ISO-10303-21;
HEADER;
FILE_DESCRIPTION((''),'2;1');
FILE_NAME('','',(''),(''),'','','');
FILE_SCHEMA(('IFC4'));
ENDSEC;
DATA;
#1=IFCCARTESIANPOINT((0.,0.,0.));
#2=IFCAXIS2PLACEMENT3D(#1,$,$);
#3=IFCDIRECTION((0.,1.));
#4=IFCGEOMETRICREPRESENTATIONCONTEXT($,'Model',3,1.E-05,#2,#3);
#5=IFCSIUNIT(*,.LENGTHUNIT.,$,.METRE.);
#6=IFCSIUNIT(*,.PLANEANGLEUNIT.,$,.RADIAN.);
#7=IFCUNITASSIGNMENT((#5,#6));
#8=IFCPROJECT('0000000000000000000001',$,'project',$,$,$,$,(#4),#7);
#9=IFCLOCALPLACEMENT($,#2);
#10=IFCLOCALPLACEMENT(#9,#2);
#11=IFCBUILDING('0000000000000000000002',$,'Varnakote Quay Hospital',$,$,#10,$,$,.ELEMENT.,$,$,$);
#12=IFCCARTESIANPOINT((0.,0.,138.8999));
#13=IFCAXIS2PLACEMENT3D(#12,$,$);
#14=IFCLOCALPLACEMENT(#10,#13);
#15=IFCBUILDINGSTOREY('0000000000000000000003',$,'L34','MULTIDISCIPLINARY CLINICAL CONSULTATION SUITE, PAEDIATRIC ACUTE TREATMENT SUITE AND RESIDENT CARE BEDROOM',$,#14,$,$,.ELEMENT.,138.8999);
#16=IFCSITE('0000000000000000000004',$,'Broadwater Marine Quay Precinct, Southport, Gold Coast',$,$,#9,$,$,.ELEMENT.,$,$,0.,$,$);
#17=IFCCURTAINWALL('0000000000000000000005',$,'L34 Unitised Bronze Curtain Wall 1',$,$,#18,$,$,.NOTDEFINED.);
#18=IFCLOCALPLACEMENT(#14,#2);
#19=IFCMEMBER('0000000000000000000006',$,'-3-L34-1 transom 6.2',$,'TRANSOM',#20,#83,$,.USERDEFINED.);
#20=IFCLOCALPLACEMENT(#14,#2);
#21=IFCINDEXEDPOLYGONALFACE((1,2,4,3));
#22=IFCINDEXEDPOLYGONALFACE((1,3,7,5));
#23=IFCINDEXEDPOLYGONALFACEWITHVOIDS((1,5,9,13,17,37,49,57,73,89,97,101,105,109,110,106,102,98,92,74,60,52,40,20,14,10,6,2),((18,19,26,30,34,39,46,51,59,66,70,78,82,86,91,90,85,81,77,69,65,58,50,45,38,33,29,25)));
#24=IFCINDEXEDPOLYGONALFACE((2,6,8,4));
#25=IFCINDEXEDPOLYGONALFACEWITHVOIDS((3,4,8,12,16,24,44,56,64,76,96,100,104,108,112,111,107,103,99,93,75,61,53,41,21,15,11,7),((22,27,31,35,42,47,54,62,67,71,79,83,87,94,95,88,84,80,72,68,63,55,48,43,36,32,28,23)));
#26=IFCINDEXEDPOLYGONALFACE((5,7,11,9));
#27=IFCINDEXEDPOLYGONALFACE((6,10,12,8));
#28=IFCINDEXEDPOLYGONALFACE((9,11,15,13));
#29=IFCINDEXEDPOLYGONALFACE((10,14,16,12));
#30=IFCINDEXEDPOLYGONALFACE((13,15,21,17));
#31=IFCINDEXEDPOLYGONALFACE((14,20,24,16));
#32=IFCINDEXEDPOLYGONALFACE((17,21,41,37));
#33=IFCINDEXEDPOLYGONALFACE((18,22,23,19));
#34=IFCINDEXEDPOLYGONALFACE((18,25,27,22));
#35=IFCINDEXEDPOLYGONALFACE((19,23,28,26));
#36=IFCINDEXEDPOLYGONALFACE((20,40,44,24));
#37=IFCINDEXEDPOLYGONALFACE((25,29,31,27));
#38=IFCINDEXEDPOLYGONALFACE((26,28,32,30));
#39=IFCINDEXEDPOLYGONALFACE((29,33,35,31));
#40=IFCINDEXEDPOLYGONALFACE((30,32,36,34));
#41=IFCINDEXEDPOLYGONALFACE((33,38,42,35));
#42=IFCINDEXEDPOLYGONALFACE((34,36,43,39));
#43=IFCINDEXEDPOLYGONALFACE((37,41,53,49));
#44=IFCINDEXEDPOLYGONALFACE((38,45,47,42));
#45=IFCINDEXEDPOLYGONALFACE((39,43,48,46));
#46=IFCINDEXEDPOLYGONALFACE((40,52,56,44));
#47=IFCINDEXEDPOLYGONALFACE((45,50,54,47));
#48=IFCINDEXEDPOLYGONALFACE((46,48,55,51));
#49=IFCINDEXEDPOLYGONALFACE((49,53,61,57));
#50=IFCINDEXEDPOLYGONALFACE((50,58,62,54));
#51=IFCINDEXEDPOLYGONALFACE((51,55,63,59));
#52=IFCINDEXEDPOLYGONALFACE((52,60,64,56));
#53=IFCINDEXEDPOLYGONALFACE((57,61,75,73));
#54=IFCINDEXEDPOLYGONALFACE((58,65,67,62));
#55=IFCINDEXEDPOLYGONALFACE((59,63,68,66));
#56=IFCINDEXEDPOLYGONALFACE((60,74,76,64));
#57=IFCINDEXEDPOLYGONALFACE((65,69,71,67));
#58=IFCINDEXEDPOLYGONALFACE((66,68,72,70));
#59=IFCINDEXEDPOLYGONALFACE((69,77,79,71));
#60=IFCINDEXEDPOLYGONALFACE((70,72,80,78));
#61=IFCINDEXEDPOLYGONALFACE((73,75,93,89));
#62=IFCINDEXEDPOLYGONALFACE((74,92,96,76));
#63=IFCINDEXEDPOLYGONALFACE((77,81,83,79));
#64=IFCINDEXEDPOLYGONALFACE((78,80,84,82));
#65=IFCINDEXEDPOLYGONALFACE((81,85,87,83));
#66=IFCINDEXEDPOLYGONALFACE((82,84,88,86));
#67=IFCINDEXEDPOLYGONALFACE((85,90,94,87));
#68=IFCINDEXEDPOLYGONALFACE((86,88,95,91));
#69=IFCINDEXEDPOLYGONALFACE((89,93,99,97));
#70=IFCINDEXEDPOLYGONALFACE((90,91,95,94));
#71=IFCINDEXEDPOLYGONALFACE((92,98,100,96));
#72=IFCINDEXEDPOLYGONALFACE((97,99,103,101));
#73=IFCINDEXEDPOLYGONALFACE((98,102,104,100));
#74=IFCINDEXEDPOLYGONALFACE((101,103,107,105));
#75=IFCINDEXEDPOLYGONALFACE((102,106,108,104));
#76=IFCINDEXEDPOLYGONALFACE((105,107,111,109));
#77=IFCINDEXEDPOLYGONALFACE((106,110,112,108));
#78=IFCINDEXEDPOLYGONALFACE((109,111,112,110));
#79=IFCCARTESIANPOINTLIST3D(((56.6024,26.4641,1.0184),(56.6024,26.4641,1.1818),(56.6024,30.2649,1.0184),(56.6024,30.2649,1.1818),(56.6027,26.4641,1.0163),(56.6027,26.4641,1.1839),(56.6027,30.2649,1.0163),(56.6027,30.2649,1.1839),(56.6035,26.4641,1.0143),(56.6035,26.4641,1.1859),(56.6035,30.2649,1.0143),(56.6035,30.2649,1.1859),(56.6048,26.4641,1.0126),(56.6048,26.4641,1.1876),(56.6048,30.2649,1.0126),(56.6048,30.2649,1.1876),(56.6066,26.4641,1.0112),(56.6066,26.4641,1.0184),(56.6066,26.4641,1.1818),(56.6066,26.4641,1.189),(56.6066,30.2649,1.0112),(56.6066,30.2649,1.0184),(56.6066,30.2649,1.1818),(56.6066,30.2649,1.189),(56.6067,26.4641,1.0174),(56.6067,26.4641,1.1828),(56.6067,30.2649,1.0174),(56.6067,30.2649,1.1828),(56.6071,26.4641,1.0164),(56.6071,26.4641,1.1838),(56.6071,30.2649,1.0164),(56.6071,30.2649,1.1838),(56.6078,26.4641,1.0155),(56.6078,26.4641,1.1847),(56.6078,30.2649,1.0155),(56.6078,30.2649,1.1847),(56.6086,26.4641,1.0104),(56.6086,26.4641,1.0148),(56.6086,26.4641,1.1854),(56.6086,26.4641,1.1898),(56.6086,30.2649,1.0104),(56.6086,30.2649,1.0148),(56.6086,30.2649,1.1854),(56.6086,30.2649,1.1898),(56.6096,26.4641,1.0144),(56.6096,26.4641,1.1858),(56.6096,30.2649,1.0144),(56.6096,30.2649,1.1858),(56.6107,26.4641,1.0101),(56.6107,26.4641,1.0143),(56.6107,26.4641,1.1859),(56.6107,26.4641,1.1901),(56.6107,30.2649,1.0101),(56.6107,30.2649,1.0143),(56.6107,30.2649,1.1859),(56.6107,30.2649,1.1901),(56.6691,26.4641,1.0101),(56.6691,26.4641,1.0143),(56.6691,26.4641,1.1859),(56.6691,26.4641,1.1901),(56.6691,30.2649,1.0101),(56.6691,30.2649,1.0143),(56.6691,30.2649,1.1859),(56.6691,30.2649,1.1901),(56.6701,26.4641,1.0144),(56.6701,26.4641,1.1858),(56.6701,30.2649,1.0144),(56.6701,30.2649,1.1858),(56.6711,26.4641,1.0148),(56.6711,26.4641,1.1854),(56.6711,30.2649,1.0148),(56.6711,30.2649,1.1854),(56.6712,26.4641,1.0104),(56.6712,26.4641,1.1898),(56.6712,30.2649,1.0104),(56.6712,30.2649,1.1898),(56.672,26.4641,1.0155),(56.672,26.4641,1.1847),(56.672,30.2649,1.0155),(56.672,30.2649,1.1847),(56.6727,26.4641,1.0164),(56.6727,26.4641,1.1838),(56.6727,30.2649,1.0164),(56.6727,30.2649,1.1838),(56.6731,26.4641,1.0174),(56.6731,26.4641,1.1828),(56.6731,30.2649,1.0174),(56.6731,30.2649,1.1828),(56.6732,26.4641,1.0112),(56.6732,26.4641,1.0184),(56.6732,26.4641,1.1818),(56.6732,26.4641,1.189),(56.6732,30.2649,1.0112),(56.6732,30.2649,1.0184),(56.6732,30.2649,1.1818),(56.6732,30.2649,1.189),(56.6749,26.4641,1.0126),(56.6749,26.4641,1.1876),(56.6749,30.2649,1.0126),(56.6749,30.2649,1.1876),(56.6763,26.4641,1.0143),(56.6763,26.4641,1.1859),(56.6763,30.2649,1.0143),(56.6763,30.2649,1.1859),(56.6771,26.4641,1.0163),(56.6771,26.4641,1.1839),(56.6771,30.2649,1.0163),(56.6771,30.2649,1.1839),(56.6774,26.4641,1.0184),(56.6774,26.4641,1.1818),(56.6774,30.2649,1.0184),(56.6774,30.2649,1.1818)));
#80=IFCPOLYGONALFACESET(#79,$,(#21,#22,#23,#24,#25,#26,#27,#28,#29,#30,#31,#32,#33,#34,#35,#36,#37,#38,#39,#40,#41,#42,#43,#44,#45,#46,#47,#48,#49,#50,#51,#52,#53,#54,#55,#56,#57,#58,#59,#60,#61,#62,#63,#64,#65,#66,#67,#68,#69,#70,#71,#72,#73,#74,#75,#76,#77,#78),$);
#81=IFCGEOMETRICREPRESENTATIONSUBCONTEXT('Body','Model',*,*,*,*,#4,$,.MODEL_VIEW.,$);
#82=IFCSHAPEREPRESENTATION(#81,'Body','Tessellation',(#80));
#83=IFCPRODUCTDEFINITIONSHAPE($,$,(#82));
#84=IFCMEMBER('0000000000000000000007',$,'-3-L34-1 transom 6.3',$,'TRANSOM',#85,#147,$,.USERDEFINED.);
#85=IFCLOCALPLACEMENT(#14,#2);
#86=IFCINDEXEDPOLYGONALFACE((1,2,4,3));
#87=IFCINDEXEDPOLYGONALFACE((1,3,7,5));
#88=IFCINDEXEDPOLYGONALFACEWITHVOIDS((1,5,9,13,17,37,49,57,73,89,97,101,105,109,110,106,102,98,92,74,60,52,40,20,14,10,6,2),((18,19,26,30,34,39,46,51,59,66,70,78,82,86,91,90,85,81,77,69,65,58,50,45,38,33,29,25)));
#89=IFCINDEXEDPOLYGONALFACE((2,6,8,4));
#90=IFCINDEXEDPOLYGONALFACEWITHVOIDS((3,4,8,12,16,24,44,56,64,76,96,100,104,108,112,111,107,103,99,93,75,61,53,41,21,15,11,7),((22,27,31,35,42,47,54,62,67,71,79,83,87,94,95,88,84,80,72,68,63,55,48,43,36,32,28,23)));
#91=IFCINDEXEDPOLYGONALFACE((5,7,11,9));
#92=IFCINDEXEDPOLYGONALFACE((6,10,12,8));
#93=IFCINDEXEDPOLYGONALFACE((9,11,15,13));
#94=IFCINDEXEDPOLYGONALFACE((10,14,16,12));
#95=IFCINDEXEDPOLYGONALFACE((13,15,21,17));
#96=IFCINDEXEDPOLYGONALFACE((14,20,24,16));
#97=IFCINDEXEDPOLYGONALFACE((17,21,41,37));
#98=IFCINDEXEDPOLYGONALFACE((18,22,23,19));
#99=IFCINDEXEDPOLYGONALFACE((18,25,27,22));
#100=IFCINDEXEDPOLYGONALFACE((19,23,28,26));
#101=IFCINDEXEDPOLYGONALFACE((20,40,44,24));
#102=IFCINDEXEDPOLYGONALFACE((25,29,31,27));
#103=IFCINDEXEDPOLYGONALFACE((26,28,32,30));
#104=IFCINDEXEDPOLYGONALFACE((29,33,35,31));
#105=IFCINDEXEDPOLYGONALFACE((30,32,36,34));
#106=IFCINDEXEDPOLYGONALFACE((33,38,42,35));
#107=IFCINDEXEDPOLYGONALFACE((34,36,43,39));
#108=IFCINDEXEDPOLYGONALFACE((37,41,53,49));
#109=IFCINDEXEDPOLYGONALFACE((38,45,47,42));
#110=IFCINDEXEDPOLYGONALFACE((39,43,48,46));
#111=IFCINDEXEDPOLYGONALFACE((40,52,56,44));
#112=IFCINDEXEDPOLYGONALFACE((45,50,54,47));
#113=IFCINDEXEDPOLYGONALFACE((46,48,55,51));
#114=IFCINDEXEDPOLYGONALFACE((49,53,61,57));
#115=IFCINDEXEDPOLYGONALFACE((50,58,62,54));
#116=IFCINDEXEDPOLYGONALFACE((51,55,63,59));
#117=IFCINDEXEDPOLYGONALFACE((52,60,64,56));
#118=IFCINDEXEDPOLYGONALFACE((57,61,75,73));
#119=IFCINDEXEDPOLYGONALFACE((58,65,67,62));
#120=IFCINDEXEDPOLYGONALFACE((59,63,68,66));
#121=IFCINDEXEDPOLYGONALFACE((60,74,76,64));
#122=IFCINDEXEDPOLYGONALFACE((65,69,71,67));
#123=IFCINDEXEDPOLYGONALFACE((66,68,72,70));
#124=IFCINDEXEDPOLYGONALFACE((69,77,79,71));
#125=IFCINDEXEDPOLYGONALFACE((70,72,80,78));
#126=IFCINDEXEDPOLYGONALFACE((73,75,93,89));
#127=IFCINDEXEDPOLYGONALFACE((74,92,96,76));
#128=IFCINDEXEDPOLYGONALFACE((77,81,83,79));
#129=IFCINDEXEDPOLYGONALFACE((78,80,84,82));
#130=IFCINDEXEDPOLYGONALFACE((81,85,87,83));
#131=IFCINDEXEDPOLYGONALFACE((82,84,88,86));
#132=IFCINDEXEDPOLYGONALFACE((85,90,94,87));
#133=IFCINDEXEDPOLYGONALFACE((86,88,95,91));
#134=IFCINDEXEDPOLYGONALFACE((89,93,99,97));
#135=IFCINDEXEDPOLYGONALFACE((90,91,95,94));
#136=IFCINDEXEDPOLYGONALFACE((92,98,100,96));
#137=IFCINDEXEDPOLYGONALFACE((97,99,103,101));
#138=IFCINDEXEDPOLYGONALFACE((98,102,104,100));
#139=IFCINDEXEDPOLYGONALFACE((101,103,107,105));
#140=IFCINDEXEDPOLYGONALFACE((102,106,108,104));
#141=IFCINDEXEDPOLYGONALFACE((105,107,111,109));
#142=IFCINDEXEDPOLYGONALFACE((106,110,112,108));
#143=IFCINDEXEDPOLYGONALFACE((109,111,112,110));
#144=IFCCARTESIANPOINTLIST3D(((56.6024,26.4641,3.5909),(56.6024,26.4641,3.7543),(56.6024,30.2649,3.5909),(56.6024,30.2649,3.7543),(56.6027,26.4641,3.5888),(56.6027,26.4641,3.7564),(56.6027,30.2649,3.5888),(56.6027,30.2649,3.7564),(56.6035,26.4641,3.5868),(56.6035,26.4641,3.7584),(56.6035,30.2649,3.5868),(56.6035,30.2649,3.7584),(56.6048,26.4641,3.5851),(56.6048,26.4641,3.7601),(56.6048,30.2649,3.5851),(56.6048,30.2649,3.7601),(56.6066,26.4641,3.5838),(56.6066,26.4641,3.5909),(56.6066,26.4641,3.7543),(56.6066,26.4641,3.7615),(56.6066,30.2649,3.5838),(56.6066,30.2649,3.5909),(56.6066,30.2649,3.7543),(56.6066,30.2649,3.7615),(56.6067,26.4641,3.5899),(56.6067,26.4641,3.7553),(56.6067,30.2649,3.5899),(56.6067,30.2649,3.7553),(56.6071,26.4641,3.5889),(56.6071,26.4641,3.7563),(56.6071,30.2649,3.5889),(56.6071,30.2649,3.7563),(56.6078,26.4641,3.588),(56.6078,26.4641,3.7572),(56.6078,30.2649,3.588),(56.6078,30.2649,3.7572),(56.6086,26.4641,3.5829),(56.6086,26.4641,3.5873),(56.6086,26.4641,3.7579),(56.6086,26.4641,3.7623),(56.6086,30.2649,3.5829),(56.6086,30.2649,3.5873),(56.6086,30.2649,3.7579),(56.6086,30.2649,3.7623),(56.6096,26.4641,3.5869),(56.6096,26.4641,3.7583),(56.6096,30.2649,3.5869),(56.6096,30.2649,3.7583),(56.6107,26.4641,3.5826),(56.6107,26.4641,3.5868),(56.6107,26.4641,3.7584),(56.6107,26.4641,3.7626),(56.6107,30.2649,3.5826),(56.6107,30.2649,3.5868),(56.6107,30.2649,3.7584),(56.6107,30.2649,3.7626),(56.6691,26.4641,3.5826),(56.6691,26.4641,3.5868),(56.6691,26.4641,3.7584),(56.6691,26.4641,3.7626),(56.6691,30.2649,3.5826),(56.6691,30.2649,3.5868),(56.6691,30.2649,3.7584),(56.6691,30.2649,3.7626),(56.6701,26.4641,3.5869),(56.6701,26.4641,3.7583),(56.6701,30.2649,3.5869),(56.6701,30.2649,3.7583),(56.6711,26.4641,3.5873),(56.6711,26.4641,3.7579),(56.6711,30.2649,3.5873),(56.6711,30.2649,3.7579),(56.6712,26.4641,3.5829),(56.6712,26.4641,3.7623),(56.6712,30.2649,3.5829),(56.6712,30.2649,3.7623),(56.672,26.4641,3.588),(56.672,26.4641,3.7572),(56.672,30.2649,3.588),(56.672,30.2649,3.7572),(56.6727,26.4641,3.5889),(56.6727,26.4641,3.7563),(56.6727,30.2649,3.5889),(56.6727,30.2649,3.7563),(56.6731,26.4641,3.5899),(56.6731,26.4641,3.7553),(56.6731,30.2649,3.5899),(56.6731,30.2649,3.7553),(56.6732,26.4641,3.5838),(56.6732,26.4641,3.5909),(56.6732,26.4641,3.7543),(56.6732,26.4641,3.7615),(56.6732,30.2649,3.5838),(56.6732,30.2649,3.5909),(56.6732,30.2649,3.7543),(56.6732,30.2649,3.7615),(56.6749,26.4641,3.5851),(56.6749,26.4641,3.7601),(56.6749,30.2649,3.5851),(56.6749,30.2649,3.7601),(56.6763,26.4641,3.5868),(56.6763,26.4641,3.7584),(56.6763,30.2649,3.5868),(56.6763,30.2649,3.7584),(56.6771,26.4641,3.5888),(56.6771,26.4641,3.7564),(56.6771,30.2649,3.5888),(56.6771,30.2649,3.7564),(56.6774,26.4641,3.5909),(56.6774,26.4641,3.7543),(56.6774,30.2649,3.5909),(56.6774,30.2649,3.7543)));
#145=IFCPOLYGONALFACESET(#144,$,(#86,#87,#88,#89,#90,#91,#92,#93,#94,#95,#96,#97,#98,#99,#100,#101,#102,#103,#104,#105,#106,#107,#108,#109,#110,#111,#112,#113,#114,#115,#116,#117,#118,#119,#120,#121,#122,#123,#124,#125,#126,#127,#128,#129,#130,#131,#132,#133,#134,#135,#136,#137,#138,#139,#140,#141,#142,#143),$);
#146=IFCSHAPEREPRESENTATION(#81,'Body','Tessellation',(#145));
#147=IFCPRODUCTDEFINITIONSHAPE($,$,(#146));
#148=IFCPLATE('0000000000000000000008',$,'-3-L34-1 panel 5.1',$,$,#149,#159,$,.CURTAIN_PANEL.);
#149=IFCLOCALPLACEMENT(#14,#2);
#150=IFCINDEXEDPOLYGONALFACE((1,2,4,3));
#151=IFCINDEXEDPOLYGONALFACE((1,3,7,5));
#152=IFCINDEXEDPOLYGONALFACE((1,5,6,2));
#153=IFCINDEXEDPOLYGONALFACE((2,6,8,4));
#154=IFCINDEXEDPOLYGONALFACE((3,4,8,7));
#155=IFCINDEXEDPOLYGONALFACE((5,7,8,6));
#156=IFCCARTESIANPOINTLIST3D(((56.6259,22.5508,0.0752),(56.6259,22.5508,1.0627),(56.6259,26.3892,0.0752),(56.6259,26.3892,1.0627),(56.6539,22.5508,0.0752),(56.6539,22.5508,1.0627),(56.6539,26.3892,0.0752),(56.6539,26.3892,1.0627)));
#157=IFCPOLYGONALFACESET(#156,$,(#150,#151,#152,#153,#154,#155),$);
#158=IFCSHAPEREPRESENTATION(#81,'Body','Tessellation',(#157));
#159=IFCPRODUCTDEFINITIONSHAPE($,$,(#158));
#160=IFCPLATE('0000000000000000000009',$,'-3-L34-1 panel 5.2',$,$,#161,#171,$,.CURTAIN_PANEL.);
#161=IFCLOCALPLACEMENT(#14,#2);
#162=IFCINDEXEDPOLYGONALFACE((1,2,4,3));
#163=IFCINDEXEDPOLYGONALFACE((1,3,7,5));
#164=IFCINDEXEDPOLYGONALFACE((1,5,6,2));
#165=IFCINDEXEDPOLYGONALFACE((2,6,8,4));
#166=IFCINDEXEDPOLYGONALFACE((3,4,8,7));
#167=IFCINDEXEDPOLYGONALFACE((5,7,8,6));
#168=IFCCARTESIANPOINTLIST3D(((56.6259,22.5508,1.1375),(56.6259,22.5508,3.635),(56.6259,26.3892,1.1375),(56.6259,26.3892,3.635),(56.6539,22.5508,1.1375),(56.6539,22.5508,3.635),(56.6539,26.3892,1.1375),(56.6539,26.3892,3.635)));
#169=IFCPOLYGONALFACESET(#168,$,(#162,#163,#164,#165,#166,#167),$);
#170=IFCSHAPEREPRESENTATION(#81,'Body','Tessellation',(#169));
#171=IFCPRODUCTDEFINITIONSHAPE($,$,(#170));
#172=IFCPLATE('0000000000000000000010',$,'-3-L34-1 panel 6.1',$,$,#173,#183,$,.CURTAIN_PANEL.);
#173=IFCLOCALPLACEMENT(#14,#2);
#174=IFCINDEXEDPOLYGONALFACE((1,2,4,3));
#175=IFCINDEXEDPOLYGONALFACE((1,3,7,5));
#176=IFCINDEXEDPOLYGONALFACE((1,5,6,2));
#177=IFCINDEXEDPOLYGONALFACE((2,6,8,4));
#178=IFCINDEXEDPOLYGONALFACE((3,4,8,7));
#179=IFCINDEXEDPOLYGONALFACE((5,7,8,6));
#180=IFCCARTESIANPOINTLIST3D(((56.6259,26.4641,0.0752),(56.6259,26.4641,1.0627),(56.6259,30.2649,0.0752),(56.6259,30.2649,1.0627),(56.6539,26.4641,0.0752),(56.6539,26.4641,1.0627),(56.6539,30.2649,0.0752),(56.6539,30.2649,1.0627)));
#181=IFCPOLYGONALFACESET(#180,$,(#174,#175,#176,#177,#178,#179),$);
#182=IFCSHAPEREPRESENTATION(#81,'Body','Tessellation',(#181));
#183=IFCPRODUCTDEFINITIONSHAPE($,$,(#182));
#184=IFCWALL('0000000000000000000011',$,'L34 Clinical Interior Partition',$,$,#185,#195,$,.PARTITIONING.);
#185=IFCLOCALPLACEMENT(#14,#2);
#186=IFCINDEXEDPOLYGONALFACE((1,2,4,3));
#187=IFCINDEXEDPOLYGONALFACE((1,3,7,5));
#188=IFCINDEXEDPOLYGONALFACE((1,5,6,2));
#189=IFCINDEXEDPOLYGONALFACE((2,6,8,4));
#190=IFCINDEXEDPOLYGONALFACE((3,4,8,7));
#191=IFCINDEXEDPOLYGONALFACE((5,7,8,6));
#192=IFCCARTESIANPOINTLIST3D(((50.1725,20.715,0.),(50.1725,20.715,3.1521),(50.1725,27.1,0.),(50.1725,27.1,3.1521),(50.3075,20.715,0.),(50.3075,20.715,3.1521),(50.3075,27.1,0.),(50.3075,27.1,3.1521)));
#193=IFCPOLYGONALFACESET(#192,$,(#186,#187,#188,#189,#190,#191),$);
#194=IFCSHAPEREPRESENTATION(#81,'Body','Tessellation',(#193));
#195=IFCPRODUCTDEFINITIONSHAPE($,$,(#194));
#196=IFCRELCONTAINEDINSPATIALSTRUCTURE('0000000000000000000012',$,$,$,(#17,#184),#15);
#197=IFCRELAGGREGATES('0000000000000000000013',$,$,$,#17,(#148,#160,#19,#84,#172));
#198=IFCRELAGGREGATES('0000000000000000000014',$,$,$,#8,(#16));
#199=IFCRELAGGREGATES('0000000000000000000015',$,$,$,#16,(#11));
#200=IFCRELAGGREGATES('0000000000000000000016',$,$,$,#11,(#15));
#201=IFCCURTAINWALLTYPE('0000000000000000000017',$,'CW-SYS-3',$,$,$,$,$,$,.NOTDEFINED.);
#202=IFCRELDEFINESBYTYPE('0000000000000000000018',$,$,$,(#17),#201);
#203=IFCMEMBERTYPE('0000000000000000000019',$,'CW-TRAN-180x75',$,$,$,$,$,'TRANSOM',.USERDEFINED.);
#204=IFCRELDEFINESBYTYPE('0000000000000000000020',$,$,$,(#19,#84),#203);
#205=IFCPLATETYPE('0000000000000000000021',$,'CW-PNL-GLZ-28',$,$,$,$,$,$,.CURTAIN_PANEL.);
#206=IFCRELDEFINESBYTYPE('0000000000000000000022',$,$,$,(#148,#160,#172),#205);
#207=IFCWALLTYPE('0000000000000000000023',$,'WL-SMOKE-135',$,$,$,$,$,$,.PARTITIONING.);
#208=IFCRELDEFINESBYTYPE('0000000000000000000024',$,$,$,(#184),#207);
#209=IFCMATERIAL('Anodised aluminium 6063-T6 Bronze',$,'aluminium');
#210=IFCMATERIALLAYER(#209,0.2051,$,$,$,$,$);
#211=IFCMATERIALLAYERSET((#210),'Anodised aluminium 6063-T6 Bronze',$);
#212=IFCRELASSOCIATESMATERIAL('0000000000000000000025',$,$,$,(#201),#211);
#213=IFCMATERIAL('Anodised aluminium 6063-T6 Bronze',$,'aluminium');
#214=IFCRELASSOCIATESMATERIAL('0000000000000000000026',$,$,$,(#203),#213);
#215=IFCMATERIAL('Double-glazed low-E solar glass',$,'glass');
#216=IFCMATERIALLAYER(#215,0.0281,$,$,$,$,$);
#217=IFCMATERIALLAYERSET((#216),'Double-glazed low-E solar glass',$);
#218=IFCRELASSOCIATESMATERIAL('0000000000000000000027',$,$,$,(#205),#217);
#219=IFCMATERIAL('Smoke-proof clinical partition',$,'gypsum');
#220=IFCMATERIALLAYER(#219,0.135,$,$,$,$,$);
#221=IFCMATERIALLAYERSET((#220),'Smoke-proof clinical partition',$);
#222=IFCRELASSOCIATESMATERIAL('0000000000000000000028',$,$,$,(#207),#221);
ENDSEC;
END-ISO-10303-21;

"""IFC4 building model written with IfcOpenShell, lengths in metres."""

from ifc_helpers import new_model, si_unit, direction, frame, frame_2d, origin, origin_2d, place, context, subcontext, project, spatial, rectangle, hollow_rectangle, extrude, material, layer, layer_set, material_profile, profile_set, type_object, element, aggregate, save


model = new_model("IFC4")

# Units and contexts
model_context = context("Model", 3, precision=1e-05, world=origin(), true_north=direction((0.0, 1.0)))
body_context = subcontext(model_context, "Body", "Model", "MODEL_VIEW")
ifc_project = project(units=[si_unit("LENGTHUNIT", "METRE"), si_unit("PLANEANGLEUNIT", "RADIAN")], contexts=[model_context])

# Site, building, storey
site_placement = place(None, origin())
site = spatial("IfcSite", under=ifc_project, at=site_placement, Name="Broadwater Marine Quay Precinct, Southport, Gold Coast", CompositionType="ELEMENT", RefElevation=0.0)
building_placement = place(site_placement, origin())
building = spatial("IfcBuilding", under=site, at=building_placement, Name="Varnakote Quay Hospital", CompositionType="ELEMENT")
storey_placement = place(building_placement, frame((0.0, 0.0, 138.8999)))
storey = spatial("IfcBuildingStorey", under=building, at=storey_placement, Name="L34", Description="MULTIDISCIPLINARY CLINICAL CONSULTATION SUITE, PAEDIATRIC ACUTE TREATMENT SUITE AND RESIDENT CARE BEDROOM", CompositionType="ELEMENT", Elevation=138.8999)

# Curtain wall, members, plates
ifc_material_1 = material(Name="Anodised aluminium 6063-T6 Bronze", Category="aluminium")
ifc_layer_1 = layer(ifc_material_1, 0.2051)
ifc_layer_set_1 = layer_set([ifc_layer_1], Name="Anodised aluminium 6063-T6 Bronze")
curtain_wall_type = type_object("IfcCurtainWallType", Name="CW-SYS-3", PredefinedType="NOTDEFINED", material=ifc_layer_set_1)
curtain_wall_placement = place(storey_placement, origin())
curtain_wall = element("IfcCurtainWall", 1, at=curtain_wall_placement, inside=storey, type_object=curtain_wall_type, Name="L34 Unitised Bronze Curtain Wall 1", PredefinedType="NOTDEFINED")
ifc_material_2 = material(Name="Anodised aluminium 6063-T6 Bronze", Category="aluminium")
ifc_material_profile_1 = material_profile(ifc_material_2, hollow_rectangle(XDim=0.075, YDim=0.1799, WallThickness=0.0042, InnerFilletRadius=0.0042, OuterFilletRadius=0.0083, at=origin_2d()), Name="CW-TRAN-180x75")
ifc_profile_set_1 = profile_set([ifc_material_profile_1], Name="Anodised aluminium 6063-T6 Bronze")
member_type_1 = type_object("IfcMemberType", Name="CW-TRAN-180x75", ElementType="TRANSOM", PredefinedType="USERDEFINED", material=ifc_profile_set_1)
member_1_placement = place(storey_placement, frame((56.6399, 26.4641, 1.1001), z_axis=(0.0, 1.0, 0.0), x_axis=(-1.0, 0.0, 0.0)))
member_1 = element("IfcMember", 2, at=member_1_placement, type_object=member_type_1, Name="-3-L34-1 transom 6.2", ObjectType="TRANSOM", PredefinedType="USERDEFINED", context=body_context, shape_type="SweptSolid", body=[
    extrude(hollow_rectangle(XDim=0.075, YDim=0.1799, WallThickness=0.0042, InnerFilletRadius=0.0042, OuterFilletRadius=0.0083, at=origin_2d()), origin(), (0.0, 0.0, 1.0), 3.8008),
])
member_2_placement = place(storey_placement, frame((56.6399, 26.4641, 3.6726), z_axis=(0.0, 1.0, 0.0), x_axis=(-1.0, 0.0, 0.0)))
member_2 = element("IfcMember", 3, at=member_2_placement, type_object=member_type_1, Name="-3-L34-1 transom 6.3", ObjectType="TRANSOM", PredefinedType="USERDEFINED", context=body_context, shape_type="SweptSolid", body=[
    extrude(hollow_rectangle(XDim=0.075, YDim=0.1799, WallThickness=0.0042, InnerFilletRadius=0.0042, OuterFilletRadius=0.0083, at=origin_2d()), origin(), (0.0, 0.0, 1.0), 3.8008),
])
ifc_material_3 = material(Name="Double-glazed low-E solar glass", Category="glass")
ifc_layer_2 = layer(ifc_material_3, 0.0281)
ifc_layer_set_2 = layer_set([ifc_layer_2], Name="Double-glazed low-E solar glass")
plate_type = type_object("IfcPlateType", Name="CW-PNL-GLZ-28", PredefinedType="CURTAIN_PANEL", material=ifc_layer_set_2)
plate_1_placement = place(storey_placement, frame((56.6399, 24.47, 0.0752), z_axis=(0.0, 0.0, 1.0), x_axis=(0.0, 1.0, 0.0)))
plate_1 = element("IfcPlate", 4, at=plate_1_placement, type_object=plate_type, Name="-3-L34-1 panel 5.1", PredefinedType="CURTAIN_PANEL", context=body_context, shape_type="SweptSolid", body=[
    extrude(rectangle(XDim=3.8384, YDim=0.0281, at=origin_2d()), origin(), (0.0, 0.0, 1.0), 0.9875),
])
plate_2_placement = place(storey_placement, frame((56.6399, 24.47, 1.1375), z_axis=(0.0, 0.0, 1.0), x_axis=(0.0, 1.0, 0.0)))
plate_2 = element("IfcPlate", 5, at=plate_2_placement, type_object=plate_type, Name="-3-L34-1 panel 5.2", PredefinedType="CURTAIN_PANEL", context=body_context, shape_type="SweptSolid", body=[
    extrude(rectangle(XDim=3.8384, YDim=0.0281, at=origin_2d()), origin(), (0.0, 0.0, 1.0), 2.4976),
])
plate_3_placement = place(storey_placement, frame((56.6399, 28.3645, 0.0752), z_axis=(0.0, 0.0, 1.0), x_axis=(0.0, 1.0, 0.0)))
plate_3 = element("IfcPlate", 6, at=plate_3_placement, type_object=plate_type, Name="-3-L34-1 panel 6.1", PredefinedType="CURTAIN_PANEL", context=body_context, shape_type="SweptSolid", body=[
    extrude(rectangle(XDim=3.8008, YDim=0.0281, at=origin_2d()), origin(), (0.0, 0.0, 1.0), 0.9875),
])
aggregate(curtain_wall, [plate_1, plate_2, member_1, member_2, plate_3])

# Wall
ifc_material_4 = material(Name="Smoke-proof clinical partition", Category="gypsum")
ifc_layer_3 = layer(ifc_material_4, 0.135)
ifc_layer_set_3 = layer_set([ifc_layer_3], Name="Smoke-proof clinical partition")
wall_type_1 = type_object("IfcWallType", Name="WL-SMOKE-135", PredefinedType="PARTITIONING", material=ifc_layer_set_3)
wall_1_placement = place(storey_placement, frame((50.24, 20.7151, 0.0), z_axis=(0.0, 0.0, 1.0), x_axis=(0.0, 1.0, 0.0)))
element("IfcWall", 7, at=wall_1_placement, inside=storey, type_object=wall_type_1, Name="L34 Clinical Interior Partition", PredefinedType="PARTITIONING", context=body_context, shape_type="SweptSolid", body=[
    extrude(rectangle(XDim=6.385, YDim=0.135, at=frame_2d((3.1924, 0.0))), origin(), (0.0, 0.0, 1.0), 3.1521),
])

save(model, "model.ifc")
